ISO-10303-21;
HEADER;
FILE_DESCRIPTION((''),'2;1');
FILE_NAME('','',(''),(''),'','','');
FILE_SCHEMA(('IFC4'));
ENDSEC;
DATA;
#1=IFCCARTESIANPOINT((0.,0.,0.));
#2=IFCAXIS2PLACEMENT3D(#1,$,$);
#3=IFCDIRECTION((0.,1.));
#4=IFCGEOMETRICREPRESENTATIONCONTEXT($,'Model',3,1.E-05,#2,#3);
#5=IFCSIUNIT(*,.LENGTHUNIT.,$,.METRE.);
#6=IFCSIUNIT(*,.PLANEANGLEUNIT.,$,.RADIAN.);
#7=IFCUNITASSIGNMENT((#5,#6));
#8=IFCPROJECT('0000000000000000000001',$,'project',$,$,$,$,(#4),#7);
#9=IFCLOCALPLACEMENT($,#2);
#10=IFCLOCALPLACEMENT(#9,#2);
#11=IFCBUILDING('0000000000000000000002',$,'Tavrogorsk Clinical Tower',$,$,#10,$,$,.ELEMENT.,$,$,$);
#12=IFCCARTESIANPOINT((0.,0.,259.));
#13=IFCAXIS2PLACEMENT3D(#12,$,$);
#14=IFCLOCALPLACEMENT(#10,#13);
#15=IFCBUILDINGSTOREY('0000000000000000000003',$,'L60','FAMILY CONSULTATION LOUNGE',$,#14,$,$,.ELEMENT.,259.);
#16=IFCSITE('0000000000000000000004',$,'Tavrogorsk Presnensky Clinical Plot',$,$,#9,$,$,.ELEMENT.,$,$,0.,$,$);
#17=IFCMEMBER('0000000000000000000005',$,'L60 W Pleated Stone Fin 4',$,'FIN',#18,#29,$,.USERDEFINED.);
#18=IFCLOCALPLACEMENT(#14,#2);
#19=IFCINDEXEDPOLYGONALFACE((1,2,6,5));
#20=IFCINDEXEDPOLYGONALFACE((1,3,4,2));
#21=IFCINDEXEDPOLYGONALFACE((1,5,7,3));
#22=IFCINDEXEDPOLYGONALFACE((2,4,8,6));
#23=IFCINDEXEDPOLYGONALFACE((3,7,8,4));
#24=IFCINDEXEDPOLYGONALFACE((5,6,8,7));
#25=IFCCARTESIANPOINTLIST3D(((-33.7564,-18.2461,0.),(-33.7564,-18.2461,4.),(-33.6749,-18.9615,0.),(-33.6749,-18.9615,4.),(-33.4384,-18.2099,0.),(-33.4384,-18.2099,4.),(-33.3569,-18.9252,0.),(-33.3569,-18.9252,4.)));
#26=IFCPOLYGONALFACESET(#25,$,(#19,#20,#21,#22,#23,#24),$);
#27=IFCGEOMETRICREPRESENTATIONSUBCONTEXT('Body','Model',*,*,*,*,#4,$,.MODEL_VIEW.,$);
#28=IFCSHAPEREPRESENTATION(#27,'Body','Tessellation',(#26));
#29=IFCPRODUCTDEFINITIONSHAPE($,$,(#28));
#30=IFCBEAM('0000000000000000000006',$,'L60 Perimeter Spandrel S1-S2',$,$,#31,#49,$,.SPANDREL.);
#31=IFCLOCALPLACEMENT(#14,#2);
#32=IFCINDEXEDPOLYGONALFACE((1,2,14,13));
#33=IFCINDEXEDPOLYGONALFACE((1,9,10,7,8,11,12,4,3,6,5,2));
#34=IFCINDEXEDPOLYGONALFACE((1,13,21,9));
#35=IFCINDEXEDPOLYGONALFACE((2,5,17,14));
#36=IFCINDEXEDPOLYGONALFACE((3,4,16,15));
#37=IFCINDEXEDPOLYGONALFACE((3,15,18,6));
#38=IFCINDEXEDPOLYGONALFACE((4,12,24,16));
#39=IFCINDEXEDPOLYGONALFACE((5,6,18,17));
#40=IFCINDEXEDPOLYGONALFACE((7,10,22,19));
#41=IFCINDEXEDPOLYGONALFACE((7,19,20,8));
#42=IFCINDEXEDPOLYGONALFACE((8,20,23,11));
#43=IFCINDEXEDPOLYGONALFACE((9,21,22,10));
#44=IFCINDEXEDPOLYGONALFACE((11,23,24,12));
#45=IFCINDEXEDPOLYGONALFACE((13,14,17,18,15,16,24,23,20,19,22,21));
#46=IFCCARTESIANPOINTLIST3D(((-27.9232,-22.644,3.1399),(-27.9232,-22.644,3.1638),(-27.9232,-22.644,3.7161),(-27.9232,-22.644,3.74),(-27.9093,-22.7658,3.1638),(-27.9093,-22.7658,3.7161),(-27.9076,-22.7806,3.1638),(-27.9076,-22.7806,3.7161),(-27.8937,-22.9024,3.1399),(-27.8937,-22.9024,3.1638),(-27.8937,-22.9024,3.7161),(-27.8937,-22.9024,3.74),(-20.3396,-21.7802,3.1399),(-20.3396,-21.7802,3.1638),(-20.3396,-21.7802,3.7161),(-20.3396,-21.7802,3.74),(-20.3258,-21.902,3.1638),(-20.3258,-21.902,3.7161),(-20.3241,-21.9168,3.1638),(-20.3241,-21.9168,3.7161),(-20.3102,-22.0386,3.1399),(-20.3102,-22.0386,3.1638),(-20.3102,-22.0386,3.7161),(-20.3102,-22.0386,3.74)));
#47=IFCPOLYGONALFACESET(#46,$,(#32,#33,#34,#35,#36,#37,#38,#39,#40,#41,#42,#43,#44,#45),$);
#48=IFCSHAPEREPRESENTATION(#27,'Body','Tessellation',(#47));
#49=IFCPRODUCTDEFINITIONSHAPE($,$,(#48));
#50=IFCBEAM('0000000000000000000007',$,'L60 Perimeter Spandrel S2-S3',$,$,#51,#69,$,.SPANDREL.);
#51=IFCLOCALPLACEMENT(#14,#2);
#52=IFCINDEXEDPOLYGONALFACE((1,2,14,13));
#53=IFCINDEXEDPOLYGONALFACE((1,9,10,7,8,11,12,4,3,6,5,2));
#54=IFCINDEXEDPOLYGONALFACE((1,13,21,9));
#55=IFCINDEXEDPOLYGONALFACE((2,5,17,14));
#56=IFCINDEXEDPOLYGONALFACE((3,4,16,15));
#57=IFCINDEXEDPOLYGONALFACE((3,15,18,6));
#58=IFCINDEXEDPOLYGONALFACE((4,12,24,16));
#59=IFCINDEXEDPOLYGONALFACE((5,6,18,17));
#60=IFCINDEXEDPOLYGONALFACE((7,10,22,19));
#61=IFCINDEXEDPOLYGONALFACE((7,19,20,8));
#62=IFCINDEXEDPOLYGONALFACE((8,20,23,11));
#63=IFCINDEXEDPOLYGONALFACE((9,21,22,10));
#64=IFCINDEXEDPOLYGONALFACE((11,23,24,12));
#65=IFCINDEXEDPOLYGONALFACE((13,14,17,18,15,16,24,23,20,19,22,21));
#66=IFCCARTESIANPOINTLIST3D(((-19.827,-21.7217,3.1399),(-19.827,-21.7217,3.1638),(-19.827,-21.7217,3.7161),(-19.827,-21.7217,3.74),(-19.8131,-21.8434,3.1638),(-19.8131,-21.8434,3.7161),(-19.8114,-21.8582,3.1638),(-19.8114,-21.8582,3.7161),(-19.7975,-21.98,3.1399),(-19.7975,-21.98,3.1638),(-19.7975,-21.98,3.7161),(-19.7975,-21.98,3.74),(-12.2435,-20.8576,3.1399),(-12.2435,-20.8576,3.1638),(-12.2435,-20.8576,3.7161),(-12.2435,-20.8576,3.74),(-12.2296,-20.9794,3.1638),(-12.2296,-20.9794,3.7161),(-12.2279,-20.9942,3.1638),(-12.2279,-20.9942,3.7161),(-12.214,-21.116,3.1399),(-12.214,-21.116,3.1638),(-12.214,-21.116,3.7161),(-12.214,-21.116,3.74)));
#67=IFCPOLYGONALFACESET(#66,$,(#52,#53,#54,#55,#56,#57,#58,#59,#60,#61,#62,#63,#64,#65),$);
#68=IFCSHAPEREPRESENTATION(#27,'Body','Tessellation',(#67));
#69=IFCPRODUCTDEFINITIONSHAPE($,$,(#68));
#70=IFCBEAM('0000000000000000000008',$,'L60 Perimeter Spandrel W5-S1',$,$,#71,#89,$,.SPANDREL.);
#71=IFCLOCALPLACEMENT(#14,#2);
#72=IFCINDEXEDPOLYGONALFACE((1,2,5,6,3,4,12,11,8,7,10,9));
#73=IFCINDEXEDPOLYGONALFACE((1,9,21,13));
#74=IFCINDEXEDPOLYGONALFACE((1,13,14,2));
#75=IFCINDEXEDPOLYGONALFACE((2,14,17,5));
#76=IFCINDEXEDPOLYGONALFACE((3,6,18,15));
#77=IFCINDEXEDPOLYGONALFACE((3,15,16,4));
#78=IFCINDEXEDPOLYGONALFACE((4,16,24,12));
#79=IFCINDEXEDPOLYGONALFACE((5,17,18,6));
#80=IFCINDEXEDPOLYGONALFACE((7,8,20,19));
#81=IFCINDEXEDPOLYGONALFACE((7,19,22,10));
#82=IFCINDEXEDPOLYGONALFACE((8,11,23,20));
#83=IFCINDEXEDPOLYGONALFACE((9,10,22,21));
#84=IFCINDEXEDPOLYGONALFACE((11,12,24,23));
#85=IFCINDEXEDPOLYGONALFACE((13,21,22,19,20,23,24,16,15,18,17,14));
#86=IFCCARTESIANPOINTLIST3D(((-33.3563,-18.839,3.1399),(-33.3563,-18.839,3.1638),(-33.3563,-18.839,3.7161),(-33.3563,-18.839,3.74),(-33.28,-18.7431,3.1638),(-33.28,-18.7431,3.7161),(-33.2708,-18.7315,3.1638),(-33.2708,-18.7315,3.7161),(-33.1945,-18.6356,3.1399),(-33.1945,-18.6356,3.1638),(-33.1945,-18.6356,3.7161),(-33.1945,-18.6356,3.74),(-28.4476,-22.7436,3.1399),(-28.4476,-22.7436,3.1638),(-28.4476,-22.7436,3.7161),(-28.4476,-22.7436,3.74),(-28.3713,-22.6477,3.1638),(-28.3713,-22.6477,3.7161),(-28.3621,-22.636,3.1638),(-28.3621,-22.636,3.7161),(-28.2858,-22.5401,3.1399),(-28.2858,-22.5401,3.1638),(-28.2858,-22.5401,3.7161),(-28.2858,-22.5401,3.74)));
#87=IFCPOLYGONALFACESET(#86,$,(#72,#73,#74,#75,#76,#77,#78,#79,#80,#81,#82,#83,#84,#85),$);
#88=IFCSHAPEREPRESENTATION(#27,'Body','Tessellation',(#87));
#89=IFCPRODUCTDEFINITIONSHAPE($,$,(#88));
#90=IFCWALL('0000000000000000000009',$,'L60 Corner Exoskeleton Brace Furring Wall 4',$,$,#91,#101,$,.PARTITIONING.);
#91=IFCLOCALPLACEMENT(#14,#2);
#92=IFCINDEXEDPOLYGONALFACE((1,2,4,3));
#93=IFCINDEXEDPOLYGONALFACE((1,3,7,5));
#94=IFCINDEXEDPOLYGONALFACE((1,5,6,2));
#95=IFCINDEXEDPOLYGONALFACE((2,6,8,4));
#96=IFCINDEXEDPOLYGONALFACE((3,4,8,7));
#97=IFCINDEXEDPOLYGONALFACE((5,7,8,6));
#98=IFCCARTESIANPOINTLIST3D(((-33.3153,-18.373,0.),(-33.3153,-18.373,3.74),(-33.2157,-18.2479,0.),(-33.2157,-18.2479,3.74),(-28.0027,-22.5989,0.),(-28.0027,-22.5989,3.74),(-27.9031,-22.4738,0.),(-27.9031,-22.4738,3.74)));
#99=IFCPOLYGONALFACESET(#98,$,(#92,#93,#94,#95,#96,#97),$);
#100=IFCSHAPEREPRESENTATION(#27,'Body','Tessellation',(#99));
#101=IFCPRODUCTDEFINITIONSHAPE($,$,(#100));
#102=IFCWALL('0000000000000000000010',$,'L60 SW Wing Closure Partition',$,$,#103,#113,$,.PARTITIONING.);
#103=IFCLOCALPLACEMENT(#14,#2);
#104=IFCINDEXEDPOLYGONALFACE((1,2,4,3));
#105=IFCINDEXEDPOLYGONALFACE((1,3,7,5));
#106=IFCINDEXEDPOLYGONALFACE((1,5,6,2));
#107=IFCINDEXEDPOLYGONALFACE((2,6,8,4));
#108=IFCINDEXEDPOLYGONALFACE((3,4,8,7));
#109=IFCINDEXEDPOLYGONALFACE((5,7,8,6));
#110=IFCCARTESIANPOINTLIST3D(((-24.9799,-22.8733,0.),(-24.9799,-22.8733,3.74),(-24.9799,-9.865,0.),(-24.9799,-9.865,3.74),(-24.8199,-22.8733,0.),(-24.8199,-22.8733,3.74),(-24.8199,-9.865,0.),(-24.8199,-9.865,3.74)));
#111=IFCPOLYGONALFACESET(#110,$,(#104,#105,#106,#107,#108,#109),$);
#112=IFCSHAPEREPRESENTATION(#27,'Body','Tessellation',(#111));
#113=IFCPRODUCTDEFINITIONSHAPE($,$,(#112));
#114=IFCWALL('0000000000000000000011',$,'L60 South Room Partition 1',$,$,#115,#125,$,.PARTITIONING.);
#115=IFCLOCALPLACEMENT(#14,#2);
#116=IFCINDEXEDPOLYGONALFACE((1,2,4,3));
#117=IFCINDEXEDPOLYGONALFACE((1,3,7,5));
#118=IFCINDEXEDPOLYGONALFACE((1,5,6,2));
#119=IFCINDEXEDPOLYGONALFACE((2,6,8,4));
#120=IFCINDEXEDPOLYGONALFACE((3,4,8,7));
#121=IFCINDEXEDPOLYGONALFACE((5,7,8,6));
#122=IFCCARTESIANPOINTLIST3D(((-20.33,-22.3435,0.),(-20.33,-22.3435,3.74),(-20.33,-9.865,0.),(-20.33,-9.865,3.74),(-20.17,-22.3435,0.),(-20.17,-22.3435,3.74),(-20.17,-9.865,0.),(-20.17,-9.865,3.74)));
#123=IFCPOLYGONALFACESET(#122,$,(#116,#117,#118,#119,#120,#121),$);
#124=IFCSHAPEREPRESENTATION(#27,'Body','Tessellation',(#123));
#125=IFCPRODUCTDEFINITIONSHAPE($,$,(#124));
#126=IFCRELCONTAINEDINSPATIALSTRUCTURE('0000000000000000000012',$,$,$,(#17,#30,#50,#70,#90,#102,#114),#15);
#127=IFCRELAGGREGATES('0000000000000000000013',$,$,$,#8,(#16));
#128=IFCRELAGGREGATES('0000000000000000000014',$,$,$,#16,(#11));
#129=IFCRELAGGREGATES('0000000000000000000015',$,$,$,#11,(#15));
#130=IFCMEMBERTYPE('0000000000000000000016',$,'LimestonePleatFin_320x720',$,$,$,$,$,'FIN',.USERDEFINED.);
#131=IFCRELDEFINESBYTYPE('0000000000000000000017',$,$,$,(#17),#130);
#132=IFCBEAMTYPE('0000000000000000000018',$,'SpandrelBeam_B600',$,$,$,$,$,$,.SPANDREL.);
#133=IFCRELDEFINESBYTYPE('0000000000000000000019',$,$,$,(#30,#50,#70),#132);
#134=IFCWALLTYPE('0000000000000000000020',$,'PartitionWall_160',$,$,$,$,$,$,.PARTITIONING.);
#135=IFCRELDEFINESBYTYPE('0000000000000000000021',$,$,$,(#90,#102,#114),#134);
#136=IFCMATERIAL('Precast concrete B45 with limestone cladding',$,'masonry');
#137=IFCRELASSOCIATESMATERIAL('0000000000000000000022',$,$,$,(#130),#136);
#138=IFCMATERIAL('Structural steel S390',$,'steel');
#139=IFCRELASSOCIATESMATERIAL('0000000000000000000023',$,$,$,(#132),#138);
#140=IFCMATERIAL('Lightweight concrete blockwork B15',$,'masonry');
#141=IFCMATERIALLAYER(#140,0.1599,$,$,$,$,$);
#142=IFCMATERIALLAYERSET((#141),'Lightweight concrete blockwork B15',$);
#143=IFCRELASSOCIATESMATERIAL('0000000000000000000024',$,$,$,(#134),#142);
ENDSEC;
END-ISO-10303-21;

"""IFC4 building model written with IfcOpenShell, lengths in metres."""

from ifc_helpers import new_model, si_unit, direction, frame, frame_2d, origin, origin_2d, place, context, subcontext, project, spatial, rectangle, i_section, extrude, material, layer, layer_set, material_profile, profile_set, type_object, element, save


model = new_model("IFC4")

# Units and contexts
model_context = context("Model", 3, precision=1e-05, world=origin(), true_north=direction((0.0, 1.0)))
body_context = subcontext(model_context, "Body", "Model", "MODEL_VIEW")
ifc_project = project(units=[si_unit("LENGTHUNIT", "METRE"), si_unit("PLANEANGLEUNIT", "RADIAN")], contexts=[model_context])

# Site, building, storey
site_placement = place(None, origin())
site = spatial("IfcSite", under=ifc_project, at=site_placement, Name="Tavrogorsk Presnensky Clinical Plot", CompositionType="ELEMENT", RefElevation=0.0)
building_placement = place(site_placement, origin())
building = spatial("IfcBuilding", under=site, at=building_placement, Name="Tavrogorsk Clinical Tower", CompositionType="ELEMENT")
storey_placement = place(building_placement, frame((0.0, 0.0, 259.0)))
storey = spatial("IfcBuildingStorey", under=building, at=storey_placement, Name="L60", Description="FAMILY CONSULTATION LOUNGE", CompositionType="ELEMENT", Elevation=259.0)

# Member
ifc_material_1 = material(Name="Precast concrete B45 with limestone cladding", Category="masonry")
ifc_material_profile_1 = material_profile(ifc_material_1, rectangle(XDim=0.3201, YDim=0.72, at=origin_2d()), Name="LIMESTONE-FIN-320x720")
ifc_profile_set_1 = profile_set([ifc_material_profile_1], Name="Precast concrete B45 with limestone cladding")
member_type_1 = type_object("IfcMemberType", Name="LimestonePleatFin_320x720", ElementType="FIN", PredefinedType="USERDEFINED", material=ifc_profile_set_1)
member_1_placement = place(storey_placement, frame((-33.5566, -18.5857, 0.0), z_axis=(0.0, 0.0, 1.0), x_axis=(0.993572, 0.113203, 0.0)))
element("IfcMember", 1, at=member_1_placement, inside=storey, type_object=member_type_1, Name="L60 W Pleated Stone Fin 4", ObjectType="FIN", PredefinedType="USERDEFINED", context=body_context, shape_type="SweptSolid", body=[
    extrude(rectangle(XDim=0.3201, YDim=0.72, at=origin_2d()), origin(), (0.0, 0.0, 1.0), 4.0),
])

# Beams
ifc_material_2 = material(Name="Structural steel S390", Category="steel")
ifc_material_profile_2 = material_profile(ifc_material_2, i_section(OverallWidth=0.26, OverallDepth=0.6001, WebThickness=0.0149, FlangeThickness=0.0239, at=origin_2d()), Name="B-600x260x15x24")
ifc_profile_set_2 = profile_set([ifc_material_profile_2], Name="Structural steel S390")
beam_type_1 = type_object("IfcBeamType", Name="SpandrelBeam_B600", PredefinedType="SPANDREL", material=ifc_profile_set_2)
for number, where, z_axis, x_axis, name in (
    (2, (-27.9084, -22.7732, 3.4399), (0.993576, 0.113169, 0.0), (-0.113169, 0.993576, 0.0), "L60 Perimeter Spandrel S1-S2"),
    (3, (-19.8123, -21.8508, 3.4399), (0.993572, 0.113201, 0.0), (-0.113201, 0.993572, 0.0), "L60 Perimeter Spandrel S2-S3"),
):
    element("IfcBeam", number, at=place(storey_placement, frame(where, z_axis=z_axis, x_axis=x_axis)), inside=storey, type_object=beam_type_1, Name=name, PredefinedType="SPANDREL", context=body_context, shape_type="SweptSolid", body=[
        extrude(i_section(OverallWidth=0.26, OverallDepth=0.6001, WebThickness=0.0149, FlangeThickness=0.0239, at=origin_2d()), origin(), (0.0, 0.0, 1.0), 7.6326),
    ])
beam_1_placement = place(storey_placement, frame((-33.2754, -18.7373, 3.4399), z_axis=(0.782609, -0.622514, 0.0), x_axis=(0.622514, 0.782609, 0.0)))
element("IfcBeam", 4, at=beam_1_placement, inside=storey, type_object=beam_type_1, Name="L60 Perimeter Spandrel W5-S1", PredefinedType="SPANDREL", context=body_context, shape_type="SweptSolid", body=[
    extrude(i_section(OverallWidth=0.26, OverallDepth=0.6001, WebThickness=0.0149, FlangeThickness=0.0239, at=origin_2d()), origin(), (0.0, 0.0, 1.0), 6.2722),
])

# Walls
ifc_material_3 = material(Name="Lightweight concrete blockwork B15", Category="masonry")
ifc_layer_1 = layer(ifc_material_3, 0.1599)
ifc_layer_set_1 = layer_set([ifc_layer_1], Name="Lightweight concrete blockwork B15")
wall_type_1 = type_object("IfcWallType", Name="PartitionWall_160", PredefinedType="PARTITIONING", material=ifc_layer_set_1)
wall_1_placement = place(storey_placement, frame((-33.2654, -18.3105, 0.0), z_axis=(0.0, 0.0, 1.0), x_axis=(0.782603, -0.622522, 0.0)))
element("IfcWall", 5, at=wall_1_placement, inside=storey, type_object=wall_type_1, Name="L60 Corner Exoskeleton Brace Furring Wall 4", PredefinedType="PARTITIONING", context=body_context, shape_type="SweptSolid", body=[
    extrude(rectangle(XDim=6.7883, YDim=0.1599, at=frame_2d((3.394, 0.0))), origin(), (0.0, 0.0, 1.0), 3.74),
])
wall_2_placement = place(storey_placement, frame((-24.8999, -22.8733, 0.0), z_axis=(0.0, 0.0, 1.0), x_axis=(0.0, 1.0, 0.0)))
element("IfcWall", 6, at=wall_2_placement, inside=storey, type_object=wall_type_1, Name="L60 SW Wing Closure Partition", PredefinedType="PARTITIONING", context=body_context, shape_type="SweptSolid", body=[
    extrude(rectangle(XDim=13.0083, YDim=0.1599, at=frame_2d((6.5042, 0.0))), origin(), (0.0, 0.0, 1.0), 3.74),
])
wall_3_placement = place(storey_placement, frame((-20.25, -22.3435, 0.0), z_axis=(0.0, 0.0, 1.0), x_axis=(0.0, 1.0, 0.0)))
element("IfcWall", 7, at=wall_3_placement, inside=storey, type_object=wall_type_1, Name="L60 South Room Partition 1", PredefinedType="PARTITIONING", context=body_context, shape_type="SweptSolid", body=[
    extrude(rectangle(XDim=12.4785, YDim=0.1599, at=frame_2d((6.2393, 0.0))), origin(), (0.0, 0.0, 1.0), 3.74),
])

save(model, "model.ifc")
